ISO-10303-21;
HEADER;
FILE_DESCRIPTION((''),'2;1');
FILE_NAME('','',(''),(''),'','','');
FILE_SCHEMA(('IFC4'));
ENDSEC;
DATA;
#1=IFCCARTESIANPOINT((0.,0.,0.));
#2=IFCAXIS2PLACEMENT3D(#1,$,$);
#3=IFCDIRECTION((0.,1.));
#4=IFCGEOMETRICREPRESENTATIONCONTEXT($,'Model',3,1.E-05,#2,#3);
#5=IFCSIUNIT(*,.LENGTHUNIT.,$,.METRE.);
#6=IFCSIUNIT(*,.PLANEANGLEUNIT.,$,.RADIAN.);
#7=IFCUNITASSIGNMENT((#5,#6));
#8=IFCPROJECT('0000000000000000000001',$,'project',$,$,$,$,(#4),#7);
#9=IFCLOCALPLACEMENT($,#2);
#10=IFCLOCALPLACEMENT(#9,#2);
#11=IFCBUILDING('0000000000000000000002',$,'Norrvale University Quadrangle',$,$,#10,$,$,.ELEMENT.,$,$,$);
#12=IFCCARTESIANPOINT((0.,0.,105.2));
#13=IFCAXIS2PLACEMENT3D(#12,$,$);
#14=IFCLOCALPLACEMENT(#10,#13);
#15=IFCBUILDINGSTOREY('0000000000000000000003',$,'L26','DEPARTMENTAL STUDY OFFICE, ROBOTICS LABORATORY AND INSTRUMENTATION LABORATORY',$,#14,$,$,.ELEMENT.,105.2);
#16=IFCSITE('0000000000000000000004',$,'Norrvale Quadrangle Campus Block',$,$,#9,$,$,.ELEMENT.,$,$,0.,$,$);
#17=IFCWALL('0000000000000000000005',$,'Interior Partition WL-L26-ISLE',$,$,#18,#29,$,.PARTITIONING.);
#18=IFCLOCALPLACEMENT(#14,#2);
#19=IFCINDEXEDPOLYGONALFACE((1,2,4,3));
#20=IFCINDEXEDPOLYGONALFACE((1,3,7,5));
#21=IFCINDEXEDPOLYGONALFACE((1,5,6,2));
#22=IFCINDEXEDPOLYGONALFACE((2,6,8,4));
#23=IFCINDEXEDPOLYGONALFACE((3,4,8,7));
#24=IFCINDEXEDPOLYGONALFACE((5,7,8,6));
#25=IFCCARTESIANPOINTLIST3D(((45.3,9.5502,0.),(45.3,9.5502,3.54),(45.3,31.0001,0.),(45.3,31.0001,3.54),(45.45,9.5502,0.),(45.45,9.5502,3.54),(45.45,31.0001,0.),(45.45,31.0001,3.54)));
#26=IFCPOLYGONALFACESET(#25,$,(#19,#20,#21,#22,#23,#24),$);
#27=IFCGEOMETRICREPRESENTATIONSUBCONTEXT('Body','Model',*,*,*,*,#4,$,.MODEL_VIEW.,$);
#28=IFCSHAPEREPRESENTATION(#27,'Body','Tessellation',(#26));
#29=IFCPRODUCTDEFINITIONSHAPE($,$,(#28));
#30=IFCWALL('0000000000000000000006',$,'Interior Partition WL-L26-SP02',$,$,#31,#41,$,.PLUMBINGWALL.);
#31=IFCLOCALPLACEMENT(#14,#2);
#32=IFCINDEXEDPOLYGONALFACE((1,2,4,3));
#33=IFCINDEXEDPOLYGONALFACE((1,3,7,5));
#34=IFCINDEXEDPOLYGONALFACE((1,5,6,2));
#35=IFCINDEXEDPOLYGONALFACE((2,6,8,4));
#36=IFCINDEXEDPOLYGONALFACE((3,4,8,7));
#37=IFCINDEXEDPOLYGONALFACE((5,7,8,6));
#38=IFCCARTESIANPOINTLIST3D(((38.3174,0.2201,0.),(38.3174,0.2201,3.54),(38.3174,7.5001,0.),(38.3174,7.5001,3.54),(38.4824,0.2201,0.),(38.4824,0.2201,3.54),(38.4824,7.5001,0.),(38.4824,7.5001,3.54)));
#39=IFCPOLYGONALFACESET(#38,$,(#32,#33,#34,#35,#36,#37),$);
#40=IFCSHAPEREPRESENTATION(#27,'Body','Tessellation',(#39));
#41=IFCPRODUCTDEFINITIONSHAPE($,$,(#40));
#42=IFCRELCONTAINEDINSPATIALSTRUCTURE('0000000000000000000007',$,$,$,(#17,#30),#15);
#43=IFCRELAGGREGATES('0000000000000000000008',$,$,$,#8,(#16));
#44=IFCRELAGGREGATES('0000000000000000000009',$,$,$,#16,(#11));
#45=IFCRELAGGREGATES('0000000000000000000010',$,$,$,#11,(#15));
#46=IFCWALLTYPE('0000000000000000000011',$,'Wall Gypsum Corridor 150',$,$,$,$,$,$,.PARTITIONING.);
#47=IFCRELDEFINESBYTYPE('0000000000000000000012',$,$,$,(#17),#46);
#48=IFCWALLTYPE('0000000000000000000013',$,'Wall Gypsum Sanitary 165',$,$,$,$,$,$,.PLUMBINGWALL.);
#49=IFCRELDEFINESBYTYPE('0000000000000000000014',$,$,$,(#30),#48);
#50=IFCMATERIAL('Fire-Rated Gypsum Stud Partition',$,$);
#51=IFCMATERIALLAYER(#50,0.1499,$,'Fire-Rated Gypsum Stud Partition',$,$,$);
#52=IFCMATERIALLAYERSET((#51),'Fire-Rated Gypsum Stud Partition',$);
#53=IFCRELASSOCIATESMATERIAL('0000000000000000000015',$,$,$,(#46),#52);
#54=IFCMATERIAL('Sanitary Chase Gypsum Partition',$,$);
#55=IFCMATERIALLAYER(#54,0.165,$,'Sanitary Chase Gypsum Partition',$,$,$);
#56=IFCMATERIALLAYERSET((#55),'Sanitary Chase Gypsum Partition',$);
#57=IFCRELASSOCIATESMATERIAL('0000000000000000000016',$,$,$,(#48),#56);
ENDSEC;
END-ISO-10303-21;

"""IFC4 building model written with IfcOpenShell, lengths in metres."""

from ifc_helpers import new_model, si_unit, direction, frame, frame_2d, origin, place, context, subcontext, project, spatial, rectangle, extrude, material, layer, layer_set, type_object, element, save


model = new_model("IFC4")

# Units and contexts
model_context = context("Model", 3, precision=1e-05, world=origin(), true_north=direction((0.0, 1.0)))
body_context = subcontext(model_context, "Body", "Model", "MODEL_VIEW")
ifc_project = project(units=[si_unit("LENGTHUNIT", "METRE"), si_unit("PLANEANGLEUNIT", "RADIAN")], contexts=[model_context])

# Site, building, storey
site_placement = place(None, origin())
site = spatial("IfcSite", under=ifc_project, at=site_placement, Name="Norrvale Quadrangle Campus Block", CompositionType="ELEMENT", RefElevation=0.0)
building_placement = place(site_placement, origin())
building = spatial("IfcBuilding", under=site, at=building_placement, Name="Norrvale University Quadrangle", CompositionType="ELEMENT")
storey_placement = place(building_placement, frame((0.0, 0.0, 105.2)))
storey = spatial("IfcBuildingStorey", under=building, at=storey_placement, Name="L26", Description="DEPARTMENTAL STUDY OFFICE, ROBOTICS LABORATORY AND INSTRUMENTATION LABORATORY", CompositionType="ELEMENT", Elevation=105.2)

# Shared definitions
ifc_material_1 = material(Name="Fire-Rated Gypsum Stud Partition")
ifc_layer_1 = layer(ifc_material_1, 0.1499, Name="Fire-Rated Gypsum Stud Partition")
ifc_layer_set_1 = layer_set([ifc_layer_1], Name="Fire-Rated Gypsum Stud Partition")
wall_type_1 = type_object("IfcWallType", Name="Wall Gypsum Corridor 150", PredefinedType="PARTITIONING", material=ifc_layer_set_1)

# Walls
wall_1_placement = place(storey_placement, frame((45.375, 9.55, 0.0), z_axis=(0.0, 0.0, 1.0), x_axis=(0.0, 1.0, 0.0)))
element("IfcWall", 1, at=wall_1_placement, inside=storey, type_object=wall_type_1, Name="Interior Partition WL-L26-ISLE", PredefinedType="PARTITIONING", context=body_context, shape_type="SweptSolid", body=[
    extrude(rectangle(XDim=21.45, YDim=0.1499, at=frame_2d((10.7251, 0.0))), origin(), (0.0, 0.0, 1.0), 3.54),
])
ifc_material_2 = material(Name="Sanitary Chase Gypsum Partition")
ifc_layer_2 = layer(ifc_material_2, 0.165, Name="Sanitary Chase Gypsum Partition")
ifc_layer_set_2 = layer_set([ifc_layer_2], Name="Sanitary Chase Gypsum Partition")
wall_type_2 = type_object("IfcWallType", Name="Wall Gypsum Sanitary 165", PredefinedType="PLUMBINGWALL", material=ifc_layer_set_2)
wall_2_placement = place(storey_placement, frame((38.3999, 0.22, 0.0), z_axis=(0.0, 0.0, 1.0), x_axis=(0.0, 1.0, 0.0)))
element("IfcWall", 2, at=wall_2_placement, inside=storey, type_object=wall_type_2, Name="Interior Partition WL-L26-SP02", PredefinedType="PLUMBINGWALL", context=body_context, shape_type="SweptSolid", body=[
    extrude(rectangle(XDim=7.28, YDim=0.165, at=frame_2d((3.6401, 0.0))), origin(), (0.0, 0.0, 1.0), 3.54),
])

save(model, "model.ifc")
